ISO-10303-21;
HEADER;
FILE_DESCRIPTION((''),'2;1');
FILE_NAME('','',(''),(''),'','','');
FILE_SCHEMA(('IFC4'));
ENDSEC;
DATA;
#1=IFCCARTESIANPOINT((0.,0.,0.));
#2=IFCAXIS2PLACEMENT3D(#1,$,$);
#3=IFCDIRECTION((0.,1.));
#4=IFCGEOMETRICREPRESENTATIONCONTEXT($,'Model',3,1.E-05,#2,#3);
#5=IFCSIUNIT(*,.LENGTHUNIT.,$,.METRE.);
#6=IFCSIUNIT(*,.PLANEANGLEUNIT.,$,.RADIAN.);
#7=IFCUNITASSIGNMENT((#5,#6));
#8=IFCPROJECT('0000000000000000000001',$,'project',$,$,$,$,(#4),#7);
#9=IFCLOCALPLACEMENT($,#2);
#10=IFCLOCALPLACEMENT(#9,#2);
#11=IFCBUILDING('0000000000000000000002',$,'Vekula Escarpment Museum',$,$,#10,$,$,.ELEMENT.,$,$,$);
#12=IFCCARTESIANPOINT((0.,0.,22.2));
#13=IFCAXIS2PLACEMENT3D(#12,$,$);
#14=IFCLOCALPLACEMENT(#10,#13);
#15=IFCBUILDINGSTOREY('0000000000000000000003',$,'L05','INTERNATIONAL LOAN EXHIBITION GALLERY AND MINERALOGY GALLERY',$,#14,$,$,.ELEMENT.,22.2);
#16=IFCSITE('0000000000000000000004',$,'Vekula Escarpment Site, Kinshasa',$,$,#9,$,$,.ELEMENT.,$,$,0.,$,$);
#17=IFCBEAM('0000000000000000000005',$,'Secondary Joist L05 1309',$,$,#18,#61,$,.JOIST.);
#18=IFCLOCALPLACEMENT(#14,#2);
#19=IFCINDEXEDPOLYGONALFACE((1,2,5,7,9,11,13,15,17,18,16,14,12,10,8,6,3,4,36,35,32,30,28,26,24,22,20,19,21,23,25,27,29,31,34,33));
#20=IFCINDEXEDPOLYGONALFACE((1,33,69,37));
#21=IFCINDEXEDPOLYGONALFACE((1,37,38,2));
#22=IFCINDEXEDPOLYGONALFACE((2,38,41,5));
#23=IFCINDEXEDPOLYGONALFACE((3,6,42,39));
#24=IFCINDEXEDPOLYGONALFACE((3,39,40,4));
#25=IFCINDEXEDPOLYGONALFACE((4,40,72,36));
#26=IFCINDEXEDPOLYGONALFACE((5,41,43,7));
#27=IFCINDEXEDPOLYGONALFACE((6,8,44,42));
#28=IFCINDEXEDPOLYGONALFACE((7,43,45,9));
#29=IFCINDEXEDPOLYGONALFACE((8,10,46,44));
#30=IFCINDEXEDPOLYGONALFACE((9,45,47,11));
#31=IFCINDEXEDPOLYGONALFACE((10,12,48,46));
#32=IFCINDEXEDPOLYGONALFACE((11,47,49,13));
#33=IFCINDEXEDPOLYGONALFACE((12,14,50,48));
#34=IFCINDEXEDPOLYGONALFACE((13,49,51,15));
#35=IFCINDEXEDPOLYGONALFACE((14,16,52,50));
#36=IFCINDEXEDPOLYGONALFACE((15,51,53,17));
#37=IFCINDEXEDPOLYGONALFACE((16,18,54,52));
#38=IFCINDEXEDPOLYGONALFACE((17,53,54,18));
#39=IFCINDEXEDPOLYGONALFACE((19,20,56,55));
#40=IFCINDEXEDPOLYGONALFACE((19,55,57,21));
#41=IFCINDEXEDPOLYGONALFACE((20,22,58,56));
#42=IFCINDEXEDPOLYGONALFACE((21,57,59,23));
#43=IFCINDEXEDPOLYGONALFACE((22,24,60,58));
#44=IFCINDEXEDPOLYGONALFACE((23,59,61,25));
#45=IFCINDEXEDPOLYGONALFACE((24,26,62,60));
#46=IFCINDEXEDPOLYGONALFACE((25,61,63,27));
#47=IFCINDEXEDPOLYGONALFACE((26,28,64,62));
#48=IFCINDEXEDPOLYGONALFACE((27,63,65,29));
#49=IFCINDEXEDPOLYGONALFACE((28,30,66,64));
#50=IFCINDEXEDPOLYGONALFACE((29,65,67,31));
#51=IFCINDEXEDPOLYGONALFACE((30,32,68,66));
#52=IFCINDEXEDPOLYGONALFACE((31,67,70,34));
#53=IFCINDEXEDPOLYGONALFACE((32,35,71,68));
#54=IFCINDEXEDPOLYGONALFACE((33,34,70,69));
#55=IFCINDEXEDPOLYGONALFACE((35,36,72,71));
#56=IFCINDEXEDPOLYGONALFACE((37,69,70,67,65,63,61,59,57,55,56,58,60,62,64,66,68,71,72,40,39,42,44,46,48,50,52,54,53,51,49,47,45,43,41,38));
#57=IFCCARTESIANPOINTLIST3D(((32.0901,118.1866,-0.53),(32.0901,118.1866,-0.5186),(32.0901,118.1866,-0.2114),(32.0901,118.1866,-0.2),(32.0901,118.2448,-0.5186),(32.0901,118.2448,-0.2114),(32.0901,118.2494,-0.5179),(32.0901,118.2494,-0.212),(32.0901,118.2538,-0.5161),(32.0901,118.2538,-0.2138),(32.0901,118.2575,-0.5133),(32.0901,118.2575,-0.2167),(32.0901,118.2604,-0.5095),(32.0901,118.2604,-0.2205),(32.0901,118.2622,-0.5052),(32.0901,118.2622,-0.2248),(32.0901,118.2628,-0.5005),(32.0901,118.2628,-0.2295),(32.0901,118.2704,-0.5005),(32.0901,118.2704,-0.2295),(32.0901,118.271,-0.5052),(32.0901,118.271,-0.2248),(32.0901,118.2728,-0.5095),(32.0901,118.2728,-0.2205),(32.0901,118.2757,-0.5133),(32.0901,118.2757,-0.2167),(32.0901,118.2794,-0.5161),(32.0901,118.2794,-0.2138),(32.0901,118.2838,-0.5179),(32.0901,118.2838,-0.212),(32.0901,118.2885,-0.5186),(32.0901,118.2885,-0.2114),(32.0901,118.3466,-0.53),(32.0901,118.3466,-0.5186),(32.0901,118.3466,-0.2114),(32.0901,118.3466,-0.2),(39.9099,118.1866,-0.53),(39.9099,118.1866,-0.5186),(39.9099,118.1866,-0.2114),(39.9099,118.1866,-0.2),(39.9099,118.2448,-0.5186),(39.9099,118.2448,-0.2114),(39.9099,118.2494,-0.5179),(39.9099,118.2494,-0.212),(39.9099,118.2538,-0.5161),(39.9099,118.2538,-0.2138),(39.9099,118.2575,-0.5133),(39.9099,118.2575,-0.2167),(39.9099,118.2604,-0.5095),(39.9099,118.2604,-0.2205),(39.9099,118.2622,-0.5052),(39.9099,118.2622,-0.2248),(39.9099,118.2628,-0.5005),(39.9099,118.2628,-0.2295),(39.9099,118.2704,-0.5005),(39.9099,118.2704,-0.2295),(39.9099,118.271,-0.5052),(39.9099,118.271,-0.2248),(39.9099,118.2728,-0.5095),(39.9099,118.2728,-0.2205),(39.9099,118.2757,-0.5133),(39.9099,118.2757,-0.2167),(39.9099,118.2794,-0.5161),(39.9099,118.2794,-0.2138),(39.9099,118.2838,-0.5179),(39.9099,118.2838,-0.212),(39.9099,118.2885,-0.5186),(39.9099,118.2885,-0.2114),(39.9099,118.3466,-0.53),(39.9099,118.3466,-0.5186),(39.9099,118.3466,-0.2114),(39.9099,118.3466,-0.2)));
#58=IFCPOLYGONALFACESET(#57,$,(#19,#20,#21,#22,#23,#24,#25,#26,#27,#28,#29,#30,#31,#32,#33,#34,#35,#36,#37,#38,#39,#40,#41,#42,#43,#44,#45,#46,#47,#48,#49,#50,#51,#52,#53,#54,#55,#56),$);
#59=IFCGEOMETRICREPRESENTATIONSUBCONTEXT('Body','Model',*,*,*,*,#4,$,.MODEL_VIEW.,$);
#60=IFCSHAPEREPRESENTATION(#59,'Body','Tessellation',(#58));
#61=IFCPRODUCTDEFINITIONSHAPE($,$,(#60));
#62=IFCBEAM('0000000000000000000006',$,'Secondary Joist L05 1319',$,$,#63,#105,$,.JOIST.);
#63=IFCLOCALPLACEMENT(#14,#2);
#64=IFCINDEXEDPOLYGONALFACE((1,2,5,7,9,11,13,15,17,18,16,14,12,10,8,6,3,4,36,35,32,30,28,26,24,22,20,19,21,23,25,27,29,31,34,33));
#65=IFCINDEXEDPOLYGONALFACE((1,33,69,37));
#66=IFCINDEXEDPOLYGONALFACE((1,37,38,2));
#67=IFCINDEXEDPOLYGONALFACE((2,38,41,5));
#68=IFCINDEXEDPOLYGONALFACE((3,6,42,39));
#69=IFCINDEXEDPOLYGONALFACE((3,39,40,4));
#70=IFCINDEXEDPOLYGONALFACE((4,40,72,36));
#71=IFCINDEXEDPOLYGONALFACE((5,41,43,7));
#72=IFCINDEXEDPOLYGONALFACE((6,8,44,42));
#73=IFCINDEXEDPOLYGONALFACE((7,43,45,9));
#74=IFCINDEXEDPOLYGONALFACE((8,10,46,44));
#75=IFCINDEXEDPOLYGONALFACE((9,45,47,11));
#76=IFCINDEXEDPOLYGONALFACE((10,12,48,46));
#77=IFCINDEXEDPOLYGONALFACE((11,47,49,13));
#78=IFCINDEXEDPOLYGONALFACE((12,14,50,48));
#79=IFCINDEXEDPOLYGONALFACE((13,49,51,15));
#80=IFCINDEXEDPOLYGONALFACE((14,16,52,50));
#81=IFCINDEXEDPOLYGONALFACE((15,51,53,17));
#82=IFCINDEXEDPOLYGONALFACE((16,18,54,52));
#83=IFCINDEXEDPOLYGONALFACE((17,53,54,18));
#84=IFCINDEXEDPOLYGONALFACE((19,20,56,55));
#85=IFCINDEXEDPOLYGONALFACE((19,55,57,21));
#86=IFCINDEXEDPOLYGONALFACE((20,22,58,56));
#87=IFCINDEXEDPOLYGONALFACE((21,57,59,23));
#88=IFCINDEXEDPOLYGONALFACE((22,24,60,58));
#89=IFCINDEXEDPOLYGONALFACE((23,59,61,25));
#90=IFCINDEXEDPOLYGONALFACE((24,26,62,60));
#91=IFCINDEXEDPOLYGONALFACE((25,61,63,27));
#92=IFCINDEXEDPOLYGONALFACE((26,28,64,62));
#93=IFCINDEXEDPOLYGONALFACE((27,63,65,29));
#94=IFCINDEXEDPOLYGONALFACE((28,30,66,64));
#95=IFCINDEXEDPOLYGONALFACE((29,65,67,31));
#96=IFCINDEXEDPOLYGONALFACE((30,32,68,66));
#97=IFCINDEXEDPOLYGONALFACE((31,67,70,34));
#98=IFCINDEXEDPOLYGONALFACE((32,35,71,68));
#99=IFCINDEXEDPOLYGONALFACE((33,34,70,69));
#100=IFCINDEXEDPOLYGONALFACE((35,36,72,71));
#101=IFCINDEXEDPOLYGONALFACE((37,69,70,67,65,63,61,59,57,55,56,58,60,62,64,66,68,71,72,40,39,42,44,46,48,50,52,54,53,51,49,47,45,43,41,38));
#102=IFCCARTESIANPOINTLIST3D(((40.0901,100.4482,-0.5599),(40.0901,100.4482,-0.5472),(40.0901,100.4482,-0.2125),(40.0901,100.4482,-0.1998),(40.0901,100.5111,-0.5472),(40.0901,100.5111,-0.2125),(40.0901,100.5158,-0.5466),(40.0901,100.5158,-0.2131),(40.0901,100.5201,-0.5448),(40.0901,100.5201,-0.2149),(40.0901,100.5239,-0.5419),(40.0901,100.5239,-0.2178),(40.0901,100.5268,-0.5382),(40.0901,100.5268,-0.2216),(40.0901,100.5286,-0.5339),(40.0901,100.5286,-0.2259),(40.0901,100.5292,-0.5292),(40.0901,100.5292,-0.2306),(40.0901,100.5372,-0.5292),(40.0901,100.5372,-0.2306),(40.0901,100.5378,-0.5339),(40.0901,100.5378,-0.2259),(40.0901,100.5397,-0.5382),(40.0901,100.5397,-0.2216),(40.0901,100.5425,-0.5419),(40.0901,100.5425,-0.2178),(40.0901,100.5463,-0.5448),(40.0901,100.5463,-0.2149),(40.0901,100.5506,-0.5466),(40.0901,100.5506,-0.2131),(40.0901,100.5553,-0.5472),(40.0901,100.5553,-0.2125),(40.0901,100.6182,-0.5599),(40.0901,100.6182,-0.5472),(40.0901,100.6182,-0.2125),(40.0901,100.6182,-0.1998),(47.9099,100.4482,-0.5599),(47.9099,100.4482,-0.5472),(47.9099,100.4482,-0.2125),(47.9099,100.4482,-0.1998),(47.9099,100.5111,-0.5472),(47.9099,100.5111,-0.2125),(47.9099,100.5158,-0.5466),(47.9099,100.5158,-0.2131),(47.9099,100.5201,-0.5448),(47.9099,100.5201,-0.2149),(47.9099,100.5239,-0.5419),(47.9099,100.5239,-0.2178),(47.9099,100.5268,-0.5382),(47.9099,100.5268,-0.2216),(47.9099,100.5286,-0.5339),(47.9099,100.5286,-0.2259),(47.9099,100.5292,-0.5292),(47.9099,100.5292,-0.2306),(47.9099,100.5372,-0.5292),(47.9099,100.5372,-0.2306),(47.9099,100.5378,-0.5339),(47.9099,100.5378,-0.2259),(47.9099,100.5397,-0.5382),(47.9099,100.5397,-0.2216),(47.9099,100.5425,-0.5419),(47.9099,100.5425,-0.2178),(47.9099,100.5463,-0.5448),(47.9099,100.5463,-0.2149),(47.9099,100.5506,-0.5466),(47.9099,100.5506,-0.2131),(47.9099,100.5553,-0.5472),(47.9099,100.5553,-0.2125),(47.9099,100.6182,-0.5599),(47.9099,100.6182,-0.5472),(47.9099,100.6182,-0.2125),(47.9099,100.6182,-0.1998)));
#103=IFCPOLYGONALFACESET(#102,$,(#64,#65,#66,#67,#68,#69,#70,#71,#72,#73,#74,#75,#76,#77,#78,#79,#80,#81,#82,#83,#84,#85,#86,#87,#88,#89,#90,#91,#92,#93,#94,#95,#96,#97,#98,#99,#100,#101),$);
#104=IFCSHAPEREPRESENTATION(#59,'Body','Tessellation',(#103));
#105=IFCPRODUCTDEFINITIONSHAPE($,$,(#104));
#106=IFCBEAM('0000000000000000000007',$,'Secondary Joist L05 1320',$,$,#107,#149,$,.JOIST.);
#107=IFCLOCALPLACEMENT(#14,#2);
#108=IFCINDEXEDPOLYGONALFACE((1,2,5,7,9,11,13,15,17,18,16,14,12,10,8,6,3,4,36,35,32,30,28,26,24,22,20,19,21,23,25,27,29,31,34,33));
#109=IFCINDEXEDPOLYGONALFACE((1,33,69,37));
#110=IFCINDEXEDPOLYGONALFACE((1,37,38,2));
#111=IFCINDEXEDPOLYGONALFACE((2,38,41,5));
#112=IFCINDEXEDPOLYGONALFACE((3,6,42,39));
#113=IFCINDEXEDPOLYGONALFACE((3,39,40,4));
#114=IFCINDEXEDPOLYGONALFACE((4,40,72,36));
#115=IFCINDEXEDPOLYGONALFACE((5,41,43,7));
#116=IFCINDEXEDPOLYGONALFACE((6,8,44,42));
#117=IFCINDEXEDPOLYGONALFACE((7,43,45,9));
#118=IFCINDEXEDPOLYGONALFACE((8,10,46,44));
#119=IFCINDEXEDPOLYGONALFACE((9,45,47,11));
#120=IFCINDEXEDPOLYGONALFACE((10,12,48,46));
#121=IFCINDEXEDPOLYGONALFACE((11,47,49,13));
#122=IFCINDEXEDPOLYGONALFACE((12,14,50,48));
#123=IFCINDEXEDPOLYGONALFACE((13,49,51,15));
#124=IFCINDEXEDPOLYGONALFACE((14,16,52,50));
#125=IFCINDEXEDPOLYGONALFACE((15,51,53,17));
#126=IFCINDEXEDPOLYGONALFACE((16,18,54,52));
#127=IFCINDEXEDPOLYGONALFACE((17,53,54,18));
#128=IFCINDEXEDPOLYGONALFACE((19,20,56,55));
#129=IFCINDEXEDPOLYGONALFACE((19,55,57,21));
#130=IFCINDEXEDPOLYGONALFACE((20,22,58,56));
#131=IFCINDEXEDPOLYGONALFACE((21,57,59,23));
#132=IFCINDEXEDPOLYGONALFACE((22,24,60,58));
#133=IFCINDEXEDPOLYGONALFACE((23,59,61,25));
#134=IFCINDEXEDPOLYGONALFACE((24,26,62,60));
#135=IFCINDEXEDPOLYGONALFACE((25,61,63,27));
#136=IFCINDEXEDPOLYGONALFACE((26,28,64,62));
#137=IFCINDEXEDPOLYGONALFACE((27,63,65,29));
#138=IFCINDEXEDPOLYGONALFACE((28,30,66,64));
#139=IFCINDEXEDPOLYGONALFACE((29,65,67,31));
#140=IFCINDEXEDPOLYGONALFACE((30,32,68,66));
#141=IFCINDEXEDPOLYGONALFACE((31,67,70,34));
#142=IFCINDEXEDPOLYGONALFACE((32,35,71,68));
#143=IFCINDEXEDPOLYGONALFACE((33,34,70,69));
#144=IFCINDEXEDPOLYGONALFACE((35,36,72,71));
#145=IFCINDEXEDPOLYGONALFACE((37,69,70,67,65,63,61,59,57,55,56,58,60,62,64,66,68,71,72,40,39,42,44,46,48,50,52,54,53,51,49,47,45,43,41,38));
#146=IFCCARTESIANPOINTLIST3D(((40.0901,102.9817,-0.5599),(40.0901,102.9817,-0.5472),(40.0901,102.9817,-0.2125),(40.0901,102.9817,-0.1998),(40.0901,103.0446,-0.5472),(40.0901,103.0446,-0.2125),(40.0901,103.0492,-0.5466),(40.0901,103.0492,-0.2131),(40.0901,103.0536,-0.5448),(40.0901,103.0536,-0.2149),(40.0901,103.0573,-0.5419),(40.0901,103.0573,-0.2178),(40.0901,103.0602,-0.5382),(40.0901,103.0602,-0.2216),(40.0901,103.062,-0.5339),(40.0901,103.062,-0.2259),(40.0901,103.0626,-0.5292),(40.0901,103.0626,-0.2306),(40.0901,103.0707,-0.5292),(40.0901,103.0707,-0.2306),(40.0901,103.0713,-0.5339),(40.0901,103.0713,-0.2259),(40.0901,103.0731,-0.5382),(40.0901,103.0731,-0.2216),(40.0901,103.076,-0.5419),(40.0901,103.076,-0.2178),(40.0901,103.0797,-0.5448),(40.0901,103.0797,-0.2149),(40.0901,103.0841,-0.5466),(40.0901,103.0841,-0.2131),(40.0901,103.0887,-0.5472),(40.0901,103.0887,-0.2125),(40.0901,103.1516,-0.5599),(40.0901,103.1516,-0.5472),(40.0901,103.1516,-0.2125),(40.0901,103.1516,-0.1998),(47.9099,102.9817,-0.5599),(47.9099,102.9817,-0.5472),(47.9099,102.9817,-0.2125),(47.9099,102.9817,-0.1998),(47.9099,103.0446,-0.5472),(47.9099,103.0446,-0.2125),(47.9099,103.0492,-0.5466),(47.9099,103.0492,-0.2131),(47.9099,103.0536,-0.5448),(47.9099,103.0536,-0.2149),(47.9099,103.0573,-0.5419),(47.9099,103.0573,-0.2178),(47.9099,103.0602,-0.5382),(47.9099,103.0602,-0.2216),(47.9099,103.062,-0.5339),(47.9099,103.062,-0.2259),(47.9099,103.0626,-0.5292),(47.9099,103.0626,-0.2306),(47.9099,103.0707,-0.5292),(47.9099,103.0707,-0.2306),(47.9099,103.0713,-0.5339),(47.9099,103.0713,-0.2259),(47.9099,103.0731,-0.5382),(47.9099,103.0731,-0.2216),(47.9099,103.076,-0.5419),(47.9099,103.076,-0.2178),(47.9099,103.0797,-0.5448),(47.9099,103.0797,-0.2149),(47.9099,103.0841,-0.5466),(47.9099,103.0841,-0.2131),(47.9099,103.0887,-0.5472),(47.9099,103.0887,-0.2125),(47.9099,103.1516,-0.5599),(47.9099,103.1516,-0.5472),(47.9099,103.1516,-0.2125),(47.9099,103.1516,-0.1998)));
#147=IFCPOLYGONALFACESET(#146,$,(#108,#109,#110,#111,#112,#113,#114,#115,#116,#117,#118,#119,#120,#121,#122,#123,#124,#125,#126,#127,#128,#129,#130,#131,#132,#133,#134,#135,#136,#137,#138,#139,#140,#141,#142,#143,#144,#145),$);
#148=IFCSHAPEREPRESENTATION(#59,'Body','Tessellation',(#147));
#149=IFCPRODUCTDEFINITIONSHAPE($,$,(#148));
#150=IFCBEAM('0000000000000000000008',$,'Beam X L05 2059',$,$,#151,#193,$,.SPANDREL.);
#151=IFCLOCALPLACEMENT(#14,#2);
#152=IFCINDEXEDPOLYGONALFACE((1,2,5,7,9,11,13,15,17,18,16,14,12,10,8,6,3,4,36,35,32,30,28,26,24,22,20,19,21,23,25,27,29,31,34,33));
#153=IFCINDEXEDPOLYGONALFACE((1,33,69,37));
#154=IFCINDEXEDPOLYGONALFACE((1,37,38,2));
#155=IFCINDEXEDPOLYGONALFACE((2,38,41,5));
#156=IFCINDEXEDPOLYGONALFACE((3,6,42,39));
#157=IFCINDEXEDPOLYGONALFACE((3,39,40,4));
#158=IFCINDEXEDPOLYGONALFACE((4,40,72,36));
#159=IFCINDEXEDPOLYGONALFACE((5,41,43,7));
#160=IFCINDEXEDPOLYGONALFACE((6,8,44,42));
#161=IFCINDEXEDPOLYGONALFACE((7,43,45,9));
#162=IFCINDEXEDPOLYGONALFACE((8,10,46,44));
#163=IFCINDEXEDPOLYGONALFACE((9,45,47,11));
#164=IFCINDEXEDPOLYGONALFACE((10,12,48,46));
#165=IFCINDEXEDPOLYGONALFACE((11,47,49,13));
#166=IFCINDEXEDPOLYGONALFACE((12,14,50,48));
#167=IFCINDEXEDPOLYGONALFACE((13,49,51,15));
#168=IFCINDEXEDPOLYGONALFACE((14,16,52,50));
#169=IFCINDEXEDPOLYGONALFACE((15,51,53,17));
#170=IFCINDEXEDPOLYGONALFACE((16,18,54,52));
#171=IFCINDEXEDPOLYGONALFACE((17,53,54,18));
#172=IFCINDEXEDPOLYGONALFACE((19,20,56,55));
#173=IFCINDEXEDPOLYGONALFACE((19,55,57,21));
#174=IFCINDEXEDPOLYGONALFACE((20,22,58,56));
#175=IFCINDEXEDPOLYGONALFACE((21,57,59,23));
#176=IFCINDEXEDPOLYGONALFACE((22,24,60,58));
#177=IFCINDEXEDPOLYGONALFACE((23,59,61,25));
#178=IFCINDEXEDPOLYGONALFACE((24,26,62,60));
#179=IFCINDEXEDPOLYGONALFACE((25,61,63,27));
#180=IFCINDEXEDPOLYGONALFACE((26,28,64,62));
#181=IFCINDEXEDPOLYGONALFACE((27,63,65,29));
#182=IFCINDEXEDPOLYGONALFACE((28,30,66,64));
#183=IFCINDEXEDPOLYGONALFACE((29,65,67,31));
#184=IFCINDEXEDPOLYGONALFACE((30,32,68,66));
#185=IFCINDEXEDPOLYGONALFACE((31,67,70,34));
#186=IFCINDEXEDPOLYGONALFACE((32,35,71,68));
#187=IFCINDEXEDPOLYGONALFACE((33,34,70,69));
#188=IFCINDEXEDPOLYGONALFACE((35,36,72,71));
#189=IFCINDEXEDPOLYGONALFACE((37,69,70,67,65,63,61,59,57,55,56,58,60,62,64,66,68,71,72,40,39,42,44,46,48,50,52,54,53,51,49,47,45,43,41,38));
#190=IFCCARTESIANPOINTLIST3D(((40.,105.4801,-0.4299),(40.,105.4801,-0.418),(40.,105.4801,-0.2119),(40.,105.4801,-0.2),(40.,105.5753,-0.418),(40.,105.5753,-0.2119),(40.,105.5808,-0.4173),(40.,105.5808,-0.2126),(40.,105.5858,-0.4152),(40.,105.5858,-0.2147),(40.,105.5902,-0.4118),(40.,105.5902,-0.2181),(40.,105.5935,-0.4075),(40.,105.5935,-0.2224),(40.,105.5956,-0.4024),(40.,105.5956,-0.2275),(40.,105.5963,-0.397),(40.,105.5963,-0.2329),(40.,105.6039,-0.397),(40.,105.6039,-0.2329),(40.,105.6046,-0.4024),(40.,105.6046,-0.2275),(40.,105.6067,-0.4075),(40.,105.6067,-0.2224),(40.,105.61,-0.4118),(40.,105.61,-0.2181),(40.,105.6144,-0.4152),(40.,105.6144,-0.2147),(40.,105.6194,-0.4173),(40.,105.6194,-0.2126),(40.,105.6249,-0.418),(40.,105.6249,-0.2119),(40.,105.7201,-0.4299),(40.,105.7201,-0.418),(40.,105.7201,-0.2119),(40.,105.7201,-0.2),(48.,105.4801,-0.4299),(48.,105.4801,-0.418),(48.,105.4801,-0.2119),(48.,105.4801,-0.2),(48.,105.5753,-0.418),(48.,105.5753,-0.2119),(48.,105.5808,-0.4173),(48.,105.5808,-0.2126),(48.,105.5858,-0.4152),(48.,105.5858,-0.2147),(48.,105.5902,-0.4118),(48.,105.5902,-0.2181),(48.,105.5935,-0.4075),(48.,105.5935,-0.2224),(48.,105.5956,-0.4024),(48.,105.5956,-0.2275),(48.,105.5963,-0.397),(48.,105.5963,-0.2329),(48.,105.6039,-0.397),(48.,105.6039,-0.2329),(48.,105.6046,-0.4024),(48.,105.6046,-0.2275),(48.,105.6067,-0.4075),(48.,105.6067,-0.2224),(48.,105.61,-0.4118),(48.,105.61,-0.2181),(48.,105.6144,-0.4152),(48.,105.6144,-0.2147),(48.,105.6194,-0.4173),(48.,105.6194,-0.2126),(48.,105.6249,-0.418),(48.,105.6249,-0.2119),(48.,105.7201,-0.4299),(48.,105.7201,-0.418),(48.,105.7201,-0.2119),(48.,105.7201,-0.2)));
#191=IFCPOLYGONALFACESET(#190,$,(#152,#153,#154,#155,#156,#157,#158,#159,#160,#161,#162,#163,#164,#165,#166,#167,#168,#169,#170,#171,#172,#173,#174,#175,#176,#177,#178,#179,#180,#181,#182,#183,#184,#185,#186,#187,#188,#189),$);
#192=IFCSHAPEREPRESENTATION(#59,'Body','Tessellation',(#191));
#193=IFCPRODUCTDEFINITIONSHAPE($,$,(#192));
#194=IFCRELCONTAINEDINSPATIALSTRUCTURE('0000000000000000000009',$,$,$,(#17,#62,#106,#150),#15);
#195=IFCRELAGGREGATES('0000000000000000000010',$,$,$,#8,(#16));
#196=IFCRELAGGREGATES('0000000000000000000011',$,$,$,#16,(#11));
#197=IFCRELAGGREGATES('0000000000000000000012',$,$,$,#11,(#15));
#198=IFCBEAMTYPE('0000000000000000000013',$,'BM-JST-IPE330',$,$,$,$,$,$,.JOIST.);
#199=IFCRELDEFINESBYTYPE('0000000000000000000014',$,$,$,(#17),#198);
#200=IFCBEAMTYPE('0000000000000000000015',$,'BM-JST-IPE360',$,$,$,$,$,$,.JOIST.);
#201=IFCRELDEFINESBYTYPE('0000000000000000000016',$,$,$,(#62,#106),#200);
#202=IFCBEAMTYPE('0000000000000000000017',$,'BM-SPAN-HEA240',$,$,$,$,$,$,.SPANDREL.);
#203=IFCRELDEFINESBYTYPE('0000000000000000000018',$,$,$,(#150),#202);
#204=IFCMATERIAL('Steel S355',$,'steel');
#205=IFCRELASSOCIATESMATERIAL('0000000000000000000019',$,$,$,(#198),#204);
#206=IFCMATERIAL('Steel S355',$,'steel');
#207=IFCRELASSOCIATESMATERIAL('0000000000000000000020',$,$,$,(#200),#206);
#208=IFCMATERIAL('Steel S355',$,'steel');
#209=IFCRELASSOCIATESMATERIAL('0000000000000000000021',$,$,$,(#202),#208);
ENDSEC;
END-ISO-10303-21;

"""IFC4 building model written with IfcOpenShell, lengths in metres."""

from ifc_helpers import new_model, si_unit, direction, frame, origin, origin_2d, place, context, subcontext, project, spatial, i_section, extrude, material, material_profile, profile_set, type_object, element, save


model = new_model("IFC4")

# Units and contexts
model_context = context("Model", 3, precision=1e-05, world=origin(), true_north=direction((0.0, 1.0)))
body_context = subcontext(model_context, "Body", "Model", "MODEL_VIEW")
ifc_project = project(units=[si_unit("LENGTHUNIT", "METRE"), si_unit("PLANEANGLEUNIT", "RADIAN")], contexts=[model_context])

# Site, building, storey
site_placement = place(None, origin())
site = spatial("IfcSite", under=ifc_project, at=site_placement, Name="Vekula Escarpment Site, Kinshasa", CompositionType="ELEMENT", RefElevation=0.0)
building_placement = place(site_placement, origin())
building = spatial("IfcBuilding", under=site, at=building_placement, Name="Vekula Escarpment Museum", CompositionType="ELEMENT")
storey_placement = place(building_placement, frame((0.0, 0.0, 22.2)))
storey = spatial("IfcBuildingStorey", under=building, at=storey_placement, Name="L05", Description="INTERNATIONAL LOAN EXHIBITION GALLERY AND MINERALOGY GALLERY", CompositionType="ELEMENT", Elevation=22.2)

# Beams
ifc_material_1 = material(Name="Steel S355", Category="steel")
ifc_material_profile_1 = material_profile(ifc_material_1, i_section(OverallWidth=0.1599, OverallDepth=0.3301, WebThickness=0.0076, FlangeThickness=0.0115, FilletRadius=0.0181, at=origin_2d()), Name="IPE 330")
ifc_profile_set_1 = profile_set([ifc_material_profile_1], Name="Steel S355")
beam_type_1 = type_object("IfcBeamType", Name="BM-JST-IPE330", PredefinedType="JOIST", material=ifc_profile_set_1)
for number, where, z_axis, x_axis, name in (
    (1, (32.0901, 118.2666, -0.365), (1.0, 0.0, 0.0), (0.0, 1.0, 0.0), "Secondary Joist L05 1309"),
):
    element("IfcBeam", number, at=place(storey_placement, frame(where, z_axis=z_axis, x_axis=x_axis)), inside=storey, type_object=beam_type_1, Name=name, PredefinedType="JOIST", context=body_context, shape_type="SweptSolid", body=[
        extrude(i_section(OverallWidth=0.1599, OverallDepth=0.3301, WebThickness=0.0076, FlangeThickness=0.0115, FilletRadius=0.0181, at=origin_2d()), origin(), (0.0, 0.0, 1.0), 7.8198),
    ])
ifc_material_2 = material(Name="Steel S355", Category="steel")
ifc_material_profile_2 = material_profile(ifc_material_2, i_section(OverallWidth=0.1699, OverallDepth=0.3601, WebThickness=0.0081, FlangeThickness=0.0127, FilletRadius=0.0181, at=origin_2d()), Name="IPE 360")
ifc_profile_set_2 = profile_set([ifc_material_profile_2], Name="Steel S355")
beam_type_2 = type_object("IfcBeamType", Name="BM-JST-IPE360", PredefinedType="JOIST", material=ifc_profile_set_2)
for number, where, z_axis, x_axis, name in (
    (2, (40.0901, 100.5332, -0.3799), (1.0, 0.0, 0.0), (0.0, 1.0, 0.0), "Secondary Joist L05 1319"),
    (3, (40.0901, 103.0667, -0.3799), (1.0, 0.0, 0.0), (0.0, 1.0, 0.0), "Secondary Joist L05 1320"),
):
    element("IfcBeam", number, at=place(storey_placement, frame(where, z_axis=z_axis, x_axis=x_axis)), inside=storey, type_object=beam_type_2, Name=name, PredefinedType="JOIST", context=body_context, shape_type="SweptSolid", body=[
        extrude(i_section(OverallWidth=0.1699, OverallDepth=0.3601, WebThickness=0.0081, FlangeThickness=0.0127, FilletRadius=0.0181, at=origin_2d()), origin(), (0.0, 0.0, 1.0), 7.8198),
    ])
ifc_material_3 = material(Name="Steel S355", Category="steel")
ifc_material_profile_3 = material_profile(ifc_material_3, i_section(OverallWidth=0.24, OverallDepth=0.23, WebThickness=0.0076, FlangeThickness=0.012, FilletRadius=0.021, at=origin_2d()), Name="HEA 240")
ifc_profile_set_3 = profile_set([ifc_material_profile_3], Name="Steel S355")
beam_type_3 = type_object("IfcBeamType", Name="BM-SPAN-HEA240", PredefinedType="SPANDREL", material=ifc_profile_set_3)
for number, where, z_axis, x_axis, name in (
    (4, (40.0, 105.6001, -0.3149), (1.0, 0.0, 0.0), (0.0, 1.0, 0.0), "Beam X L05 2059"),
):
    element("IfcBeam", number, at=place(storey_placement, frame(where, z_axis=z_axis, x_axis=x_axis)), inside=storey, type_object=beam_type_3, Name=name, PredefinedType="SPANDREL", context=body_context, shape_type="SweptSolid", body=[
        extrude(i_section(OverallWidth=0.24, OverallDepth=0.23, WebThickness=0.0076, FlangeThickness=0.012, FilletRadius=0.021, at=origin_2d()), origin(), (0.0, 0.0, 1.0), 8.0),
    ])

save(model, "model.ifc")
